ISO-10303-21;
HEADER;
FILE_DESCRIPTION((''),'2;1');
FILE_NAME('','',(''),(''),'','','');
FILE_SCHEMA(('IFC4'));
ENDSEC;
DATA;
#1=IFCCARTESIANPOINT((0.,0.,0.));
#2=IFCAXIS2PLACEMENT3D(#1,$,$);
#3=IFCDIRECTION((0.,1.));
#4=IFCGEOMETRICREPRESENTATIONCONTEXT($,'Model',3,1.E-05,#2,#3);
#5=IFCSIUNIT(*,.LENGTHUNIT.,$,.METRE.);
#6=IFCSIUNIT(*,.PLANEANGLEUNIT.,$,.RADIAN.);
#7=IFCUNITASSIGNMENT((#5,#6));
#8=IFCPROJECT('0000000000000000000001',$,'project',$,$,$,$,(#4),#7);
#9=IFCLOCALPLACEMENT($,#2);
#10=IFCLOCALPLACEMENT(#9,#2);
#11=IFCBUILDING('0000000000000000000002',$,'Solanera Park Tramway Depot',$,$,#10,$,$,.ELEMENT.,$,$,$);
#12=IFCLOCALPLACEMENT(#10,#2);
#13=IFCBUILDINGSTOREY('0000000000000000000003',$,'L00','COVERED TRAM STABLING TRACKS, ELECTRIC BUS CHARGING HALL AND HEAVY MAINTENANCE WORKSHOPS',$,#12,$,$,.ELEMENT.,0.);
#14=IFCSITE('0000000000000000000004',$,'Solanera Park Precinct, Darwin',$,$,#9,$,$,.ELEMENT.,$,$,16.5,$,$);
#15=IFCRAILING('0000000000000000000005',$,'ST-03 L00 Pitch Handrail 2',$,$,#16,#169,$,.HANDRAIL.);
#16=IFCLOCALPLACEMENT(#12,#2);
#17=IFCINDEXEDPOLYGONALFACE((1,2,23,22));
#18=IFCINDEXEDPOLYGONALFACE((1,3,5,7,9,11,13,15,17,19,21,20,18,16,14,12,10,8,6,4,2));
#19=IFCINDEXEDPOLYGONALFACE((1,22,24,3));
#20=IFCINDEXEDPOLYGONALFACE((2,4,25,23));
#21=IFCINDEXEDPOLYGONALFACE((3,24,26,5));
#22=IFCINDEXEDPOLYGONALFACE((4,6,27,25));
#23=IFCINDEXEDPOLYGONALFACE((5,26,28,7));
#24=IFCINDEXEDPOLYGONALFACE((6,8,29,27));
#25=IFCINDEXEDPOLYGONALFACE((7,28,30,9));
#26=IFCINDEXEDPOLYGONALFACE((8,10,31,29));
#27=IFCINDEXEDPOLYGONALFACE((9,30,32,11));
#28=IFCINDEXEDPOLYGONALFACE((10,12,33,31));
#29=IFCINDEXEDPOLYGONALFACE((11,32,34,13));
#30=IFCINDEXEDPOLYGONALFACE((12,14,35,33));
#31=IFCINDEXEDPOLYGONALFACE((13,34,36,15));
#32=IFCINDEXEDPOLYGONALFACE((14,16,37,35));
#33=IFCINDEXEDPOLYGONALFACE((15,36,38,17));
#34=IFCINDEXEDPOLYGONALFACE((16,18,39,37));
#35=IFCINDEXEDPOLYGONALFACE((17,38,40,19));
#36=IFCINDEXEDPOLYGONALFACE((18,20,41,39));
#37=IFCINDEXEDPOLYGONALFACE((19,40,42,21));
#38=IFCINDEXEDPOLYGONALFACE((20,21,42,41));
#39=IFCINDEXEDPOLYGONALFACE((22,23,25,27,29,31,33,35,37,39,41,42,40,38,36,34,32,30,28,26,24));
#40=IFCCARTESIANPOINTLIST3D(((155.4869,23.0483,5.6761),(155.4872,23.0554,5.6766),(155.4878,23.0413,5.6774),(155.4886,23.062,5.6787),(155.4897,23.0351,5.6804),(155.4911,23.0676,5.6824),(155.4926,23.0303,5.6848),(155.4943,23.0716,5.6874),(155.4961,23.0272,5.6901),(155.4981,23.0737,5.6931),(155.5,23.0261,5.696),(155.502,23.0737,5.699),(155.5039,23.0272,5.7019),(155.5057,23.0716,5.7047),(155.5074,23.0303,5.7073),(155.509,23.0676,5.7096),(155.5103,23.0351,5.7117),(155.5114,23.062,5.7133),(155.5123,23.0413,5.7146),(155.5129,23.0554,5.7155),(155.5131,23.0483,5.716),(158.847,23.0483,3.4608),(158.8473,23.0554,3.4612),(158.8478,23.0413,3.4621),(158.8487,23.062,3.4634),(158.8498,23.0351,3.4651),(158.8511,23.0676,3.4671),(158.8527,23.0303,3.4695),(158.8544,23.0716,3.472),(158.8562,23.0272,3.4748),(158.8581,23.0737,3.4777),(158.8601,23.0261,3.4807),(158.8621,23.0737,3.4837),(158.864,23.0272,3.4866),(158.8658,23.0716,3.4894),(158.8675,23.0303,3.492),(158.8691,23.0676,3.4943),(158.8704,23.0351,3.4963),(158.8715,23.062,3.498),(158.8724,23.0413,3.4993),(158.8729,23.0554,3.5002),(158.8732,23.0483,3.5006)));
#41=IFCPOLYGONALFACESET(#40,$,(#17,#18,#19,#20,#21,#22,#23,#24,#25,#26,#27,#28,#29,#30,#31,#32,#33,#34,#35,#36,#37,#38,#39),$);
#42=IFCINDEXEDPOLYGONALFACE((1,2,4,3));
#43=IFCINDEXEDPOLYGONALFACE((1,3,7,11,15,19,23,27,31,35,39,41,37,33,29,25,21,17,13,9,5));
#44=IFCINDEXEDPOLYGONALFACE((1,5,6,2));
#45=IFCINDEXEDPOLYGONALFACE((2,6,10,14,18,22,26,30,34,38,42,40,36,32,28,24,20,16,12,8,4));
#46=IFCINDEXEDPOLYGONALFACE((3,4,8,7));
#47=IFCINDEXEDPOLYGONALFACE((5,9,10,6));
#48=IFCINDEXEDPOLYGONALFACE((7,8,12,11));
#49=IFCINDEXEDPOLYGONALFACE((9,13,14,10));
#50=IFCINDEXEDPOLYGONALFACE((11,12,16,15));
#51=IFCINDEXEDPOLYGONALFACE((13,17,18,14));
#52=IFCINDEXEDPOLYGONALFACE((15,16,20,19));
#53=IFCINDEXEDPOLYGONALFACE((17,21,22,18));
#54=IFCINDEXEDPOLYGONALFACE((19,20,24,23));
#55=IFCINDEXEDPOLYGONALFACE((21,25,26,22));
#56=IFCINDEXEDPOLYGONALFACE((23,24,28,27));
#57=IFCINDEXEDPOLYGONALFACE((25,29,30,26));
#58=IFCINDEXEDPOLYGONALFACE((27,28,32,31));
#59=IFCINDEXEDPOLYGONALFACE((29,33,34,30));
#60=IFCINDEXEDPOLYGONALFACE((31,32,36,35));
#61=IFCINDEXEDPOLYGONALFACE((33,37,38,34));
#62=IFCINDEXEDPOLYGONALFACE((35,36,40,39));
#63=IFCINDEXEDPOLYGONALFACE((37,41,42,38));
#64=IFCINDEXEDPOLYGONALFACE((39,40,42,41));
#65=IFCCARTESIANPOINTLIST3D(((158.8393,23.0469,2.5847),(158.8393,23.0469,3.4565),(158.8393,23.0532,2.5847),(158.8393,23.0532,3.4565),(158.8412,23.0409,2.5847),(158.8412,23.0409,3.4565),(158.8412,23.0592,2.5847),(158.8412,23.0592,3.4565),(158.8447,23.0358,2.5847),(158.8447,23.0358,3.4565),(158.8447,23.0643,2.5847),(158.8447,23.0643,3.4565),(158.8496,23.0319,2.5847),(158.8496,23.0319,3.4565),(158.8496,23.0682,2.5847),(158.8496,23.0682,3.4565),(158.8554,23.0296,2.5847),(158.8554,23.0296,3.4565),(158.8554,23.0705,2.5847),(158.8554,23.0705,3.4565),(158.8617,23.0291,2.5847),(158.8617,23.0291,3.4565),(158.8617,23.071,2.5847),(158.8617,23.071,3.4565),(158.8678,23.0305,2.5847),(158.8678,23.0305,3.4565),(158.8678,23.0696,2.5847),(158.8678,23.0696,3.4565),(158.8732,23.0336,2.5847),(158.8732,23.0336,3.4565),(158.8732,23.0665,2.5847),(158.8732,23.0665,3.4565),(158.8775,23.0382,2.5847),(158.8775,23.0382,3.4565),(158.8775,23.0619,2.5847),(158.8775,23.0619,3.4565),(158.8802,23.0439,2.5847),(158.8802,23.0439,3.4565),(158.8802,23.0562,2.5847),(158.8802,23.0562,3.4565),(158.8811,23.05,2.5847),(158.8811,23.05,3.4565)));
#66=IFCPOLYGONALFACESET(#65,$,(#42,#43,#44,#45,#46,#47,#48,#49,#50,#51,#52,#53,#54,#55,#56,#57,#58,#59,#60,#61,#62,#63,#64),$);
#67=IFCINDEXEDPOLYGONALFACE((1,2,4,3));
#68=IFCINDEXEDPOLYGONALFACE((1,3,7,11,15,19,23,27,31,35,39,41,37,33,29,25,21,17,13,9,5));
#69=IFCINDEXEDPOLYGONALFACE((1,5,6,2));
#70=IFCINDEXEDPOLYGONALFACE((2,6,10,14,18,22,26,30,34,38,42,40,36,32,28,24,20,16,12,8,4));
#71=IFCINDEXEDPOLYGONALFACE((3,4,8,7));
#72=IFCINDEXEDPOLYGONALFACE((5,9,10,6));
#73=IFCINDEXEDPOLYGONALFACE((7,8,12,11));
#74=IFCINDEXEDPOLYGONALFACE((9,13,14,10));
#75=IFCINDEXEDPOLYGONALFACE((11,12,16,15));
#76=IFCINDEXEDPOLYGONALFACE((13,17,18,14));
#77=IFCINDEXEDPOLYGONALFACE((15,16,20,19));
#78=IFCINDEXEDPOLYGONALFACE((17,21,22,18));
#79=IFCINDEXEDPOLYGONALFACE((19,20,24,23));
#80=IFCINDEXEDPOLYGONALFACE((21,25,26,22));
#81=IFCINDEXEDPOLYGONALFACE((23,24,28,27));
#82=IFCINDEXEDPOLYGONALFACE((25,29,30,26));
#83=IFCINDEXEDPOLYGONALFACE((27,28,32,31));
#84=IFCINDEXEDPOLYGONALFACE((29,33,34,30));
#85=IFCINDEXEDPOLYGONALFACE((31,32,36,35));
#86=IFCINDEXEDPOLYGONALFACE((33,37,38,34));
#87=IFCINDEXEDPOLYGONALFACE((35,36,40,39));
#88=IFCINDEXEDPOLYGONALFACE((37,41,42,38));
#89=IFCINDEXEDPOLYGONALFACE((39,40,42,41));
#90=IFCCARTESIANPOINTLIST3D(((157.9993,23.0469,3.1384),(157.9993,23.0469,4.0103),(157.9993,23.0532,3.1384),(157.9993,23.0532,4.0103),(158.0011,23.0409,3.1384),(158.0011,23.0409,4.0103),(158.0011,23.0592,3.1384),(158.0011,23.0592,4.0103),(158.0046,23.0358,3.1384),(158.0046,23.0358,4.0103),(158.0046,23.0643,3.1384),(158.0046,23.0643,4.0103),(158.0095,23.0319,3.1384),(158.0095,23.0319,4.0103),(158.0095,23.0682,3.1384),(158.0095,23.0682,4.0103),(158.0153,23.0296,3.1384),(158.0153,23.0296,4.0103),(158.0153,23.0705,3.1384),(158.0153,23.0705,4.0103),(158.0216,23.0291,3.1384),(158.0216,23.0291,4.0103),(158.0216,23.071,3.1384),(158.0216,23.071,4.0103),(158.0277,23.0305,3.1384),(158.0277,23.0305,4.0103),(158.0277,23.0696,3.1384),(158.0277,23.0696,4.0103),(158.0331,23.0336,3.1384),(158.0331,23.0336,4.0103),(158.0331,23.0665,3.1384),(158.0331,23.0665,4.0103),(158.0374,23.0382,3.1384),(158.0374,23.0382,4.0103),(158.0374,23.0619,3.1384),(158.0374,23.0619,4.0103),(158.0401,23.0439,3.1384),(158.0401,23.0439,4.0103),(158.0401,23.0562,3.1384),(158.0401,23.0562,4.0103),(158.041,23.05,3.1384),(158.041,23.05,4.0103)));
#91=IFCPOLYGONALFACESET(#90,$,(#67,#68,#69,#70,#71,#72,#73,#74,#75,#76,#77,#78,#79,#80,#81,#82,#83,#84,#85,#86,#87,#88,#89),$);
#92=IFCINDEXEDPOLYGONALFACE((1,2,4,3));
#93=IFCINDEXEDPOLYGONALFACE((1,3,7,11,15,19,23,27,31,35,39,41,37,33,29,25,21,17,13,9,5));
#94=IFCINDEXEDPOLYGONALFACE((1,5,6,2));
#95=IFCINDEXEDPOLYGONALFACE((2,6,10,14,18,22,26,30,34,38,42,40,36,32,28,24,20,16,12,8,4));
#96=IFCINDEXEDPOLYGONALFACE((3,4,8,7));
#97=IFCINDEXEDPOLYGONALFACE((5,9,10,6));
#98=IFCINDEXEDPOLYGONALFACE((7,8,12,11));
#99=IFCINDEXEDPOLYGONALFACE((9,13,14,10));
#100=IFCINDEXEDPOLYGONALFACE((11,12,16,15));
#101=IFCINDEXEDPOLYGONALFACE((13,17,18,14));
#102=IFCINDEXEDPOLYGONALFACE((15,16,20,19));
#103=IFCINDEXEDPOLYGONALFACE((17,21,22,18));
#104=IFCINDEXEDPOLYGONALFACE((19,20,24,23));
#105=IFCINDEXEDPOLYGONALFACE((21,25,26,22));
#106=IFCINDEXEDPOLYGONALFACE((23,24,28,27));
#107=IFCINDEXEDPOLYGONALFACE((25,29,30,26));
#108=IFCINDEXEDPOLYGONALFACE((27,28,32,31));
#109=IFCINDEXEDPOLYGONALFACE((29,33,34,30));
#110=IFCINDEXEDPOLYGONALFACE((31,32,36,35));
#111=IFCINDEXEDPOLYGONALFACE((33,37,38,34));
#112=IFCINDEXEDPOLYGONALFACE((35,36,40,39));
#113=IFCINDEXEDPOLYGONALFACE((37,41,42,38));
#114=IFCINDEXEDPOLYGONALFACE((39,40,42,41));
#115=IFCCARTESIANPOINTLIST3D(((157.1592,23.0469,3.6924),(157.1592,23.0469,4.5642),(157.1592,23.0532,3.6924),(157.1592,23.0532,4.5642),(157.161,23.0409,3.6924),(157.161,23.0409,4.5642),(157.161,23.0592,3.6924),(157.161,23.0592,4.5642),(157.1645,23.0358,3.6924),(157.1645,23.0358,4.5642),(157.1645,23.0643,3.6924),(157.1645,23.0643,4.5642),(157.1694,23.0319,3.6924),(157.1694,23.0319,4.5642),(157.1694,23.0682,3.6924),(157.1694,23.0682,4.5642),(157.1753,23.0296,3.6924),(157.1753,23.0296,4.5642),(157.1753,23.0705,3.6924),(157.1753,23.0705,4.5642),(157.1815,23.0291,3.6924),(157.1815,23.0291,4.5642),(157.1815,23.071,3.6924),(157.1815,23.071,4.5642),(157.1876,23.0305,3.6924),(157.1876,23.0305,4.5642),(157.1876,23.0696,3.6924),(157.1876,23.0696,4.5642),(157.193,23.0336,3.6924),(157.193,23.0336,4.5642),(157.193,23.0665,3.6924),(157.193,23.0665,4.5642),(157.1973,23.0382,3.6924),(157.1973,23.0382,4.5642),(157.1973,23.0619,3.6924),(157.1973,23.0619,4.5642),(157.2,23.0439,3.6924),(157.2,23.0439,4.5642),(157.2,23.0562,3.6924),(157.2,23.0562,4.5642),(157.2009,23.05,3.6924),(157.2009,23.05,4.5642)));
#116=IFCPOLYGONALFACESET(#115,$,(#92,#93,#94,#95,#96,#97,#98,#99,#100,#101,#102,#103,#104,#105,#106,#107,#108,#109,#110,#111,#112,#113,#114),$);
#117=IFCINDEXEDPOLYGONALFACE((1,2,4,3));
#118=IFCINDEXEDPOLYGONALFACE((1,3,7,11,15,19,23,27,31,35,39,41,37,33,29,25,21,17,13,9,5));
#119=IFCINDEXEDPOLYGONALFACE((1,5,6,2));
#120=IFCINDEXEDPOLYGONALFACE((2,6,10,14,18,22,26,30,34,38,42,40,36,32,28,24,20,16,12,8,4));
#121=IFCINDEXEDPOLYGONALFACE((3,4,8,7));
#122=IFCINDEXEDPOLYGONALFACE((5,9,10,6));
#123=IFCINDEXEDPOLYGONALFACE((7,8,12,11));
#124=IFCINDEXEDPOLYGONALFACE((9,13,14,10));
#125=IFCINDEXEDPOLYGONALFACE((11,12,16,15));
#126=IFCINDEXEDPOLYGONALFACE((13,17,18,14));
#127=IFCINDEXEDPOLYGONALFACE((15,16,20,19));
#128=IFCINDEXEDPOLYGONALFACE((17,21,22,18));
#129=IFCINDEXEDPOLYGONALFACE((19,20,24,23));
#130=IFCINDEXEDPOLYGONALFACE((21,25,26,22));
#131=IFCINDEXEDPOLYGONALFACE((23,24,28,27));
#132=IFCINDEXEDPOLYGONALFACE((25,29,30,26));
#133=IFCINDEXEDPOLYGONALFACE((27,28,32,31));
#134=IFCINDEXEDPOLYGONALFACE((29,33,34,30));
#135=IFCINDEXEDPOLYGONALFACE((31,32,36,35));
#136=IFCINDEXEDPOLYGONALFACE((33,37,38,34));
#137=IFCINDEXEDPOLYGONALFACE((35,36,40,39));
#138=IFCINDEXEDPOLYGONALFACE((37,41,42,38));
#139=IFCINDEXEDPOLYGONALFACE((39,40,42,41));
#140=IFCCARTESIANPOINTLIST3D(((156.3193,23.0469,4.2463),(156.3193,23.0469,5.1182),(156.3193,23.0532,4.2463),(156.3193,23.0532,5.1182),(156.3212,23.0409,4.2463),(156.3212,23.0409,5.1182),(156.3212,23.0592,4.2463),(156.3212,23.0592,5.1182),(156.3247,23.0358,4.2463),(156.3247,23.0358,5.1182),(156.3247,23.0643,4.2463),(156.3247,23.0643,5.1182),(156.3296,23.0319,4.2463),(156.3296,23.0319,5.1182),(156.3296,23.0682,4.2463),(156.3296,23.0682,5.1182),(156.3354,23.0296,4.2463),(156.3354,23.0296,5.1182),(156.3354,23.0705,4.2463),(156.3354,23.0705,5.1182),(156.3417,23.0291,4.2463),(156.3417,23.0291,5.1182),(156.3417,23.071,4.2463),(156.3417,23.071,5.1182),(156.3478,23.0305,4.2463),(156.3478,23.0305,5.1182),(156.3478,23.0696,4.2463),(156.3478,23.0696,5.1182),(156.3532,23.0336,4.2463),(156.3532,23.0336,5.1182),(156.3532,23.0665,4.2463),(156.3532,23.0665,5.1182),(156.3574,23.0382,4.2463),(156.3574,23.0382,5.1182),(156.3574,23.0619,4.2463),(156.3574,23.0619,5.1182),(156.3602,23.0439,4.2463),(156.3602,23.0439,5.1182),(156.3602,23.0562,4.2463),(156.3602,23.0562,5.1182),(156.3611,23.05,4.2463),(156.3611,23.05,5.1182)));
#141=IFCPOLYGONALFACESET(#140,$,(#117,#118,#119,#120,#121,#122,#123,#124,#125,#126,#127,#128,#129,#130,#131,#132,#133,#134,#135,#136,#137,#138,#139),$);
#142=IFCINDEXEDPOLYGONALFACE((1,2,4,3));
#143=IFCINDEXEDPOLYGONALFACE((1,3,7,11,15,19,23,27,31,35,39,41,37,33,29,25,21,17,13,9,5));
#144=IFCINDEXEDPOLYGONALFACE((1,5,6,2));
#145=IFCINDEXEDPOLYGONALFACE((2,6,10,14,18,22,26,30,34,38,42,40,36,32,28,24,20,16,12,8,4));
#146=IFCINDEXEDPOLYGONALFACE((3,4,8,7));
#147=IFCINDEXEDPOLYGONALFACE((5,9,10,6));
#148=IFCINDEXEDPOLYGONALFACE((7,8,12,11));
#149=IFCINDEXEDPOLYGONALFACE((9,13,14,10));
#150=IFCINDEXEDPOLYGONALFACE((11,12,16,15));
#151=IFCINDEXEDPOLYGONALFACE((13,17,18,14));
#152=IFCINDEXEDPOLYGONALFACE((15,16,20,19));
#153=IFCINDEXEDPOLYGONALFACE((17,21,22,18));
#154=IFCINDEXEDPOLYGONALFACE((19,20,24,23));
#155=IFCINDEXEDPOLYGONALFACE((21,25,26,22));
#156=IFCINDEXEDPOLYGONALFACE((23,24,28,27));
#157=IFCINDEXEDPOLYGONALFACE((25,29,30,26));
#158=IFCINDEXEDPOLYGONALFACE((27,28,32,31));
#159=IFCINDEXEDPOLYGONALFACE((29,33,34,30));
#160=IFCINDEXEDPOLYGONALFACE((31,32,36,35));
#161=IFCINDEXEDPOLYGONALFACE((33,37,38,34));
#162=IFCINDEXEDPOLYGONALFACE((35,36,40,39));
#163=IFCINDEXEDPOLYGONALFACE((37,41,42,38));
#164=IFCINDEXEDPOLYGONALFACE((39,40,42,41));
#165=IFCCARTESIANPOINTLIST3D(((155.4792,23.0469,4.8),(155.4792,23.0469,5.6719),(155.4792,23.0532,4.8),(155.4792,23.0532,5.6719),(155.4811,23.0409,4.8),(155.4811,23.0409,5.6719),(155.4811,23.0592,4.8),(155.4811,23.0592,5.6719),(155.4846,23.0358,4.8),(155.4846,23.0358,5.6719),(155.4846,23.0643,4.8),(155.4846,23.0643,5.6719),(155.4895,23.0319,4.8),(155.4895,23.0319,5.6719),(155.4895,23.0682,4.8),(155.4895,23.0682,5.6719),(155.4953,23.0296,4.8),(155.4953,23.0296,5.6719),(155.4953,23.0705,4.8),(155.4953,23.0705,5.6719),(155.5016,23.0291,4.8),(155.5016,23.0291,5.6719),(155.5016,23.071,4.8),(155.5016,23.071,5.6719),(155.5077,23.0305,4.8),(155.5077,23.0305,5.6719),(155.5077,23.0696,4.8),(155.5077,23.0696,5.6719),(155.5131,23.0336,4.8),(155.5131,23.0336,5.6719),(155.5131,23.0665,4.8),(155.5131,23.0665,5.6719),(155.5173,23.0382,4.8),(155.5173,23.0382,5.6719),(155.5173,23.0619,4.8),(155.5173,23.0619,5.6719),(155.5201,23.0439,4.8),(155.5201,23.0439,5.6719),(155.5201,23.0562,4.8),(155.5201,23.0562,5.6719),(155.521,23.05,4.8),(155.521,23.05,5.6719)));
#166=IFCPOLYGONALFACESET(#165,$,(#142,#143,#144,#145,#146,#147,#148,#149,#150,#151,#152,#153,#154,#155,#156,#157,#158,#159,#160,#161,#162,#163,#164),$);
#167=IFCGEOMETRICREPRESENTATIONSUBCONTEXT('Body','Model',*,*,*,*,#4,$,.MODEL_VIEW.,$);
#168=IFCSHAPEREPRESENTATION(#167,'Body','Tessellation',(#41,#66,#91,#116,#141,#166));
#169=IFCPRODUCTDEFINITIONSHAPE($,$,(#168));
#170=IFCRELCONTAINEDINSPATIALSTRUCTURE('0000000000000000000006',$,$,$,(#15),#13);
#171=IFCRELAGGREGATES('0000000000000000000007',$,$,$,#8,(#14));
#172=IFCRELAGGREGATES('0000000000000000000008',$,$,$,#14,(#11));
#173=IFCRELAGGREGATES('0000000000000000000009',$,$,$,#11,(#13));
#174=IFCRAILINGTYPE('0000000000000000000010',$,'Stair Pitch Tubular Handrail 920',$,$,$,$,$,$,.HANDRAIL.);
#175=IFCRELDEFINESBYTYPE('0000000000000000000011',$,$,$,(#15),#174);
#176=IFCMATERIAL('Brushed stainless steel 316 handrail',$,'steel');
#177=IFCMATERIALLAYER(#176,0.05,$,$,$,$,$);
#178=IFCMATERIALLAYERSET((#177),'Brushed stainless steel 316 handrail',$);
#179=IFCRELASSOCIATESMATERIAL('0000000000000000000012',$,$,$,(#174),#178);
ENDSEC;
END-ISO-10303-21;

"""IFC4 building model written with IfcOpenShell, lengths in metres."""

from ifc_helpers import new_model, si_unit, direction, frame, origin, origin_2d, place, context, subcontext, project, spatial, circle, extrude, material, layer, layer_set, type_object, element, save


model = new_model("IFC4")

# Units and contexts
model_context = context("Model", 3, precision=1e-05, world=origin(), true_north=direction((0.0, 1.0)))
body_context = subcontext(model_context, "Body", "Model", "MODEL_VIEW")
ifc_project = project(units=[si_unit("LENGTHUNIT", "METRE"), si_unit("PLANEANGLEUNIT", "RADIAN")], contexts=[model_context])

# Site, building, storey
site_placement = place(None, origin())
site = spatial("IfcSite", under=ifc_project, at=site_placement, Name="Solanera Park Precinct, Darwin", CompositionType="ELEMENT", RefElevation=16.5)
building_placement = place(site_placement, origin())
building = spatial("IfcBuilding", under=site, at=building_placement, Name="Solanera Park Tramway Depot", CompositionType="ELEMENT")
storey_placement = place(building_placement, origin())
storey = spatial("IfcBuildingStorey", under=building, at=storey_placement, Name="L00", Description="COVERED TRAM STABLING TRACKS, ELECTRIC BUS CHARGING HALL AND HEAVY MAINTENANCE WORKSHOPS", CompositionType="ELEMENT", Elevation=0.0)

# Railing
ifc_material_1 = material(Name="Brushed stainless steel 316 handrail", Category="steel")
ifc_layer_1 = layer(ifc_material_1, 0.05)
ifc_layer_set_1 = layer_set([ifc_layer_1], Name="Brushed stainless steel 316 handrail")
railing_type_1 = type_object("IfcRailingType", Name="Stair Pitch Tubular Handrail 920", PredefinedType="HANDRAIL", material=ifc_layer_set_1)
railing_1_placement = place(storey_placement, frame((158.8601, 23.05, 2.5847)))
element("IfcRailing", 1, at=railing_1_placement, inside=storey, type_object=railing_type_1, Name="ST-03 L00 Pitch Handrail 2", PredefinedType="HANDRAIL", context=body_context, shape_type="SweptSolid", body=[
    extrude(circle(Radius=0.0239, at=origin_2d()), frame((0.0, 0.0, 0.896), z_axis=(-0.834876, 0.0, 0.550437), x_axis=(0.0, -1.0, 0.0)), (0.0, 0.0, 1.0), 4.0247),
    extrude(circle(Radius=0.021, at=origin_2d()), origin(), (0.0, 0.0, 1.0), 0.8718),
    extrude(circle(Radius=0.021, at=origin_2d()), frame((-0.8401, 0.0, 0.5537)), (0.0, 0.0, 1.0), 0.8718),
    extrude(circle(Radius=0.021, at=origin_2d()), frame((-1.6802, 0.0, 1.1077)), (0.0, 0.0, 1.0), 0.8718),
    extrude(circle(Radius=0.021, at=origin_2d()), frame((-2.52, 0.0, 1.6616)), (0.0, 0.0, 1.0), 0.8718),
    extrude(circle(Radius=0.021, at=origin_2d()), frame((-3.3601, 0.0, 2.2153)), (0.0, 0.0, 1.0), 0.8718),
])

save(model, "model.ifc")
